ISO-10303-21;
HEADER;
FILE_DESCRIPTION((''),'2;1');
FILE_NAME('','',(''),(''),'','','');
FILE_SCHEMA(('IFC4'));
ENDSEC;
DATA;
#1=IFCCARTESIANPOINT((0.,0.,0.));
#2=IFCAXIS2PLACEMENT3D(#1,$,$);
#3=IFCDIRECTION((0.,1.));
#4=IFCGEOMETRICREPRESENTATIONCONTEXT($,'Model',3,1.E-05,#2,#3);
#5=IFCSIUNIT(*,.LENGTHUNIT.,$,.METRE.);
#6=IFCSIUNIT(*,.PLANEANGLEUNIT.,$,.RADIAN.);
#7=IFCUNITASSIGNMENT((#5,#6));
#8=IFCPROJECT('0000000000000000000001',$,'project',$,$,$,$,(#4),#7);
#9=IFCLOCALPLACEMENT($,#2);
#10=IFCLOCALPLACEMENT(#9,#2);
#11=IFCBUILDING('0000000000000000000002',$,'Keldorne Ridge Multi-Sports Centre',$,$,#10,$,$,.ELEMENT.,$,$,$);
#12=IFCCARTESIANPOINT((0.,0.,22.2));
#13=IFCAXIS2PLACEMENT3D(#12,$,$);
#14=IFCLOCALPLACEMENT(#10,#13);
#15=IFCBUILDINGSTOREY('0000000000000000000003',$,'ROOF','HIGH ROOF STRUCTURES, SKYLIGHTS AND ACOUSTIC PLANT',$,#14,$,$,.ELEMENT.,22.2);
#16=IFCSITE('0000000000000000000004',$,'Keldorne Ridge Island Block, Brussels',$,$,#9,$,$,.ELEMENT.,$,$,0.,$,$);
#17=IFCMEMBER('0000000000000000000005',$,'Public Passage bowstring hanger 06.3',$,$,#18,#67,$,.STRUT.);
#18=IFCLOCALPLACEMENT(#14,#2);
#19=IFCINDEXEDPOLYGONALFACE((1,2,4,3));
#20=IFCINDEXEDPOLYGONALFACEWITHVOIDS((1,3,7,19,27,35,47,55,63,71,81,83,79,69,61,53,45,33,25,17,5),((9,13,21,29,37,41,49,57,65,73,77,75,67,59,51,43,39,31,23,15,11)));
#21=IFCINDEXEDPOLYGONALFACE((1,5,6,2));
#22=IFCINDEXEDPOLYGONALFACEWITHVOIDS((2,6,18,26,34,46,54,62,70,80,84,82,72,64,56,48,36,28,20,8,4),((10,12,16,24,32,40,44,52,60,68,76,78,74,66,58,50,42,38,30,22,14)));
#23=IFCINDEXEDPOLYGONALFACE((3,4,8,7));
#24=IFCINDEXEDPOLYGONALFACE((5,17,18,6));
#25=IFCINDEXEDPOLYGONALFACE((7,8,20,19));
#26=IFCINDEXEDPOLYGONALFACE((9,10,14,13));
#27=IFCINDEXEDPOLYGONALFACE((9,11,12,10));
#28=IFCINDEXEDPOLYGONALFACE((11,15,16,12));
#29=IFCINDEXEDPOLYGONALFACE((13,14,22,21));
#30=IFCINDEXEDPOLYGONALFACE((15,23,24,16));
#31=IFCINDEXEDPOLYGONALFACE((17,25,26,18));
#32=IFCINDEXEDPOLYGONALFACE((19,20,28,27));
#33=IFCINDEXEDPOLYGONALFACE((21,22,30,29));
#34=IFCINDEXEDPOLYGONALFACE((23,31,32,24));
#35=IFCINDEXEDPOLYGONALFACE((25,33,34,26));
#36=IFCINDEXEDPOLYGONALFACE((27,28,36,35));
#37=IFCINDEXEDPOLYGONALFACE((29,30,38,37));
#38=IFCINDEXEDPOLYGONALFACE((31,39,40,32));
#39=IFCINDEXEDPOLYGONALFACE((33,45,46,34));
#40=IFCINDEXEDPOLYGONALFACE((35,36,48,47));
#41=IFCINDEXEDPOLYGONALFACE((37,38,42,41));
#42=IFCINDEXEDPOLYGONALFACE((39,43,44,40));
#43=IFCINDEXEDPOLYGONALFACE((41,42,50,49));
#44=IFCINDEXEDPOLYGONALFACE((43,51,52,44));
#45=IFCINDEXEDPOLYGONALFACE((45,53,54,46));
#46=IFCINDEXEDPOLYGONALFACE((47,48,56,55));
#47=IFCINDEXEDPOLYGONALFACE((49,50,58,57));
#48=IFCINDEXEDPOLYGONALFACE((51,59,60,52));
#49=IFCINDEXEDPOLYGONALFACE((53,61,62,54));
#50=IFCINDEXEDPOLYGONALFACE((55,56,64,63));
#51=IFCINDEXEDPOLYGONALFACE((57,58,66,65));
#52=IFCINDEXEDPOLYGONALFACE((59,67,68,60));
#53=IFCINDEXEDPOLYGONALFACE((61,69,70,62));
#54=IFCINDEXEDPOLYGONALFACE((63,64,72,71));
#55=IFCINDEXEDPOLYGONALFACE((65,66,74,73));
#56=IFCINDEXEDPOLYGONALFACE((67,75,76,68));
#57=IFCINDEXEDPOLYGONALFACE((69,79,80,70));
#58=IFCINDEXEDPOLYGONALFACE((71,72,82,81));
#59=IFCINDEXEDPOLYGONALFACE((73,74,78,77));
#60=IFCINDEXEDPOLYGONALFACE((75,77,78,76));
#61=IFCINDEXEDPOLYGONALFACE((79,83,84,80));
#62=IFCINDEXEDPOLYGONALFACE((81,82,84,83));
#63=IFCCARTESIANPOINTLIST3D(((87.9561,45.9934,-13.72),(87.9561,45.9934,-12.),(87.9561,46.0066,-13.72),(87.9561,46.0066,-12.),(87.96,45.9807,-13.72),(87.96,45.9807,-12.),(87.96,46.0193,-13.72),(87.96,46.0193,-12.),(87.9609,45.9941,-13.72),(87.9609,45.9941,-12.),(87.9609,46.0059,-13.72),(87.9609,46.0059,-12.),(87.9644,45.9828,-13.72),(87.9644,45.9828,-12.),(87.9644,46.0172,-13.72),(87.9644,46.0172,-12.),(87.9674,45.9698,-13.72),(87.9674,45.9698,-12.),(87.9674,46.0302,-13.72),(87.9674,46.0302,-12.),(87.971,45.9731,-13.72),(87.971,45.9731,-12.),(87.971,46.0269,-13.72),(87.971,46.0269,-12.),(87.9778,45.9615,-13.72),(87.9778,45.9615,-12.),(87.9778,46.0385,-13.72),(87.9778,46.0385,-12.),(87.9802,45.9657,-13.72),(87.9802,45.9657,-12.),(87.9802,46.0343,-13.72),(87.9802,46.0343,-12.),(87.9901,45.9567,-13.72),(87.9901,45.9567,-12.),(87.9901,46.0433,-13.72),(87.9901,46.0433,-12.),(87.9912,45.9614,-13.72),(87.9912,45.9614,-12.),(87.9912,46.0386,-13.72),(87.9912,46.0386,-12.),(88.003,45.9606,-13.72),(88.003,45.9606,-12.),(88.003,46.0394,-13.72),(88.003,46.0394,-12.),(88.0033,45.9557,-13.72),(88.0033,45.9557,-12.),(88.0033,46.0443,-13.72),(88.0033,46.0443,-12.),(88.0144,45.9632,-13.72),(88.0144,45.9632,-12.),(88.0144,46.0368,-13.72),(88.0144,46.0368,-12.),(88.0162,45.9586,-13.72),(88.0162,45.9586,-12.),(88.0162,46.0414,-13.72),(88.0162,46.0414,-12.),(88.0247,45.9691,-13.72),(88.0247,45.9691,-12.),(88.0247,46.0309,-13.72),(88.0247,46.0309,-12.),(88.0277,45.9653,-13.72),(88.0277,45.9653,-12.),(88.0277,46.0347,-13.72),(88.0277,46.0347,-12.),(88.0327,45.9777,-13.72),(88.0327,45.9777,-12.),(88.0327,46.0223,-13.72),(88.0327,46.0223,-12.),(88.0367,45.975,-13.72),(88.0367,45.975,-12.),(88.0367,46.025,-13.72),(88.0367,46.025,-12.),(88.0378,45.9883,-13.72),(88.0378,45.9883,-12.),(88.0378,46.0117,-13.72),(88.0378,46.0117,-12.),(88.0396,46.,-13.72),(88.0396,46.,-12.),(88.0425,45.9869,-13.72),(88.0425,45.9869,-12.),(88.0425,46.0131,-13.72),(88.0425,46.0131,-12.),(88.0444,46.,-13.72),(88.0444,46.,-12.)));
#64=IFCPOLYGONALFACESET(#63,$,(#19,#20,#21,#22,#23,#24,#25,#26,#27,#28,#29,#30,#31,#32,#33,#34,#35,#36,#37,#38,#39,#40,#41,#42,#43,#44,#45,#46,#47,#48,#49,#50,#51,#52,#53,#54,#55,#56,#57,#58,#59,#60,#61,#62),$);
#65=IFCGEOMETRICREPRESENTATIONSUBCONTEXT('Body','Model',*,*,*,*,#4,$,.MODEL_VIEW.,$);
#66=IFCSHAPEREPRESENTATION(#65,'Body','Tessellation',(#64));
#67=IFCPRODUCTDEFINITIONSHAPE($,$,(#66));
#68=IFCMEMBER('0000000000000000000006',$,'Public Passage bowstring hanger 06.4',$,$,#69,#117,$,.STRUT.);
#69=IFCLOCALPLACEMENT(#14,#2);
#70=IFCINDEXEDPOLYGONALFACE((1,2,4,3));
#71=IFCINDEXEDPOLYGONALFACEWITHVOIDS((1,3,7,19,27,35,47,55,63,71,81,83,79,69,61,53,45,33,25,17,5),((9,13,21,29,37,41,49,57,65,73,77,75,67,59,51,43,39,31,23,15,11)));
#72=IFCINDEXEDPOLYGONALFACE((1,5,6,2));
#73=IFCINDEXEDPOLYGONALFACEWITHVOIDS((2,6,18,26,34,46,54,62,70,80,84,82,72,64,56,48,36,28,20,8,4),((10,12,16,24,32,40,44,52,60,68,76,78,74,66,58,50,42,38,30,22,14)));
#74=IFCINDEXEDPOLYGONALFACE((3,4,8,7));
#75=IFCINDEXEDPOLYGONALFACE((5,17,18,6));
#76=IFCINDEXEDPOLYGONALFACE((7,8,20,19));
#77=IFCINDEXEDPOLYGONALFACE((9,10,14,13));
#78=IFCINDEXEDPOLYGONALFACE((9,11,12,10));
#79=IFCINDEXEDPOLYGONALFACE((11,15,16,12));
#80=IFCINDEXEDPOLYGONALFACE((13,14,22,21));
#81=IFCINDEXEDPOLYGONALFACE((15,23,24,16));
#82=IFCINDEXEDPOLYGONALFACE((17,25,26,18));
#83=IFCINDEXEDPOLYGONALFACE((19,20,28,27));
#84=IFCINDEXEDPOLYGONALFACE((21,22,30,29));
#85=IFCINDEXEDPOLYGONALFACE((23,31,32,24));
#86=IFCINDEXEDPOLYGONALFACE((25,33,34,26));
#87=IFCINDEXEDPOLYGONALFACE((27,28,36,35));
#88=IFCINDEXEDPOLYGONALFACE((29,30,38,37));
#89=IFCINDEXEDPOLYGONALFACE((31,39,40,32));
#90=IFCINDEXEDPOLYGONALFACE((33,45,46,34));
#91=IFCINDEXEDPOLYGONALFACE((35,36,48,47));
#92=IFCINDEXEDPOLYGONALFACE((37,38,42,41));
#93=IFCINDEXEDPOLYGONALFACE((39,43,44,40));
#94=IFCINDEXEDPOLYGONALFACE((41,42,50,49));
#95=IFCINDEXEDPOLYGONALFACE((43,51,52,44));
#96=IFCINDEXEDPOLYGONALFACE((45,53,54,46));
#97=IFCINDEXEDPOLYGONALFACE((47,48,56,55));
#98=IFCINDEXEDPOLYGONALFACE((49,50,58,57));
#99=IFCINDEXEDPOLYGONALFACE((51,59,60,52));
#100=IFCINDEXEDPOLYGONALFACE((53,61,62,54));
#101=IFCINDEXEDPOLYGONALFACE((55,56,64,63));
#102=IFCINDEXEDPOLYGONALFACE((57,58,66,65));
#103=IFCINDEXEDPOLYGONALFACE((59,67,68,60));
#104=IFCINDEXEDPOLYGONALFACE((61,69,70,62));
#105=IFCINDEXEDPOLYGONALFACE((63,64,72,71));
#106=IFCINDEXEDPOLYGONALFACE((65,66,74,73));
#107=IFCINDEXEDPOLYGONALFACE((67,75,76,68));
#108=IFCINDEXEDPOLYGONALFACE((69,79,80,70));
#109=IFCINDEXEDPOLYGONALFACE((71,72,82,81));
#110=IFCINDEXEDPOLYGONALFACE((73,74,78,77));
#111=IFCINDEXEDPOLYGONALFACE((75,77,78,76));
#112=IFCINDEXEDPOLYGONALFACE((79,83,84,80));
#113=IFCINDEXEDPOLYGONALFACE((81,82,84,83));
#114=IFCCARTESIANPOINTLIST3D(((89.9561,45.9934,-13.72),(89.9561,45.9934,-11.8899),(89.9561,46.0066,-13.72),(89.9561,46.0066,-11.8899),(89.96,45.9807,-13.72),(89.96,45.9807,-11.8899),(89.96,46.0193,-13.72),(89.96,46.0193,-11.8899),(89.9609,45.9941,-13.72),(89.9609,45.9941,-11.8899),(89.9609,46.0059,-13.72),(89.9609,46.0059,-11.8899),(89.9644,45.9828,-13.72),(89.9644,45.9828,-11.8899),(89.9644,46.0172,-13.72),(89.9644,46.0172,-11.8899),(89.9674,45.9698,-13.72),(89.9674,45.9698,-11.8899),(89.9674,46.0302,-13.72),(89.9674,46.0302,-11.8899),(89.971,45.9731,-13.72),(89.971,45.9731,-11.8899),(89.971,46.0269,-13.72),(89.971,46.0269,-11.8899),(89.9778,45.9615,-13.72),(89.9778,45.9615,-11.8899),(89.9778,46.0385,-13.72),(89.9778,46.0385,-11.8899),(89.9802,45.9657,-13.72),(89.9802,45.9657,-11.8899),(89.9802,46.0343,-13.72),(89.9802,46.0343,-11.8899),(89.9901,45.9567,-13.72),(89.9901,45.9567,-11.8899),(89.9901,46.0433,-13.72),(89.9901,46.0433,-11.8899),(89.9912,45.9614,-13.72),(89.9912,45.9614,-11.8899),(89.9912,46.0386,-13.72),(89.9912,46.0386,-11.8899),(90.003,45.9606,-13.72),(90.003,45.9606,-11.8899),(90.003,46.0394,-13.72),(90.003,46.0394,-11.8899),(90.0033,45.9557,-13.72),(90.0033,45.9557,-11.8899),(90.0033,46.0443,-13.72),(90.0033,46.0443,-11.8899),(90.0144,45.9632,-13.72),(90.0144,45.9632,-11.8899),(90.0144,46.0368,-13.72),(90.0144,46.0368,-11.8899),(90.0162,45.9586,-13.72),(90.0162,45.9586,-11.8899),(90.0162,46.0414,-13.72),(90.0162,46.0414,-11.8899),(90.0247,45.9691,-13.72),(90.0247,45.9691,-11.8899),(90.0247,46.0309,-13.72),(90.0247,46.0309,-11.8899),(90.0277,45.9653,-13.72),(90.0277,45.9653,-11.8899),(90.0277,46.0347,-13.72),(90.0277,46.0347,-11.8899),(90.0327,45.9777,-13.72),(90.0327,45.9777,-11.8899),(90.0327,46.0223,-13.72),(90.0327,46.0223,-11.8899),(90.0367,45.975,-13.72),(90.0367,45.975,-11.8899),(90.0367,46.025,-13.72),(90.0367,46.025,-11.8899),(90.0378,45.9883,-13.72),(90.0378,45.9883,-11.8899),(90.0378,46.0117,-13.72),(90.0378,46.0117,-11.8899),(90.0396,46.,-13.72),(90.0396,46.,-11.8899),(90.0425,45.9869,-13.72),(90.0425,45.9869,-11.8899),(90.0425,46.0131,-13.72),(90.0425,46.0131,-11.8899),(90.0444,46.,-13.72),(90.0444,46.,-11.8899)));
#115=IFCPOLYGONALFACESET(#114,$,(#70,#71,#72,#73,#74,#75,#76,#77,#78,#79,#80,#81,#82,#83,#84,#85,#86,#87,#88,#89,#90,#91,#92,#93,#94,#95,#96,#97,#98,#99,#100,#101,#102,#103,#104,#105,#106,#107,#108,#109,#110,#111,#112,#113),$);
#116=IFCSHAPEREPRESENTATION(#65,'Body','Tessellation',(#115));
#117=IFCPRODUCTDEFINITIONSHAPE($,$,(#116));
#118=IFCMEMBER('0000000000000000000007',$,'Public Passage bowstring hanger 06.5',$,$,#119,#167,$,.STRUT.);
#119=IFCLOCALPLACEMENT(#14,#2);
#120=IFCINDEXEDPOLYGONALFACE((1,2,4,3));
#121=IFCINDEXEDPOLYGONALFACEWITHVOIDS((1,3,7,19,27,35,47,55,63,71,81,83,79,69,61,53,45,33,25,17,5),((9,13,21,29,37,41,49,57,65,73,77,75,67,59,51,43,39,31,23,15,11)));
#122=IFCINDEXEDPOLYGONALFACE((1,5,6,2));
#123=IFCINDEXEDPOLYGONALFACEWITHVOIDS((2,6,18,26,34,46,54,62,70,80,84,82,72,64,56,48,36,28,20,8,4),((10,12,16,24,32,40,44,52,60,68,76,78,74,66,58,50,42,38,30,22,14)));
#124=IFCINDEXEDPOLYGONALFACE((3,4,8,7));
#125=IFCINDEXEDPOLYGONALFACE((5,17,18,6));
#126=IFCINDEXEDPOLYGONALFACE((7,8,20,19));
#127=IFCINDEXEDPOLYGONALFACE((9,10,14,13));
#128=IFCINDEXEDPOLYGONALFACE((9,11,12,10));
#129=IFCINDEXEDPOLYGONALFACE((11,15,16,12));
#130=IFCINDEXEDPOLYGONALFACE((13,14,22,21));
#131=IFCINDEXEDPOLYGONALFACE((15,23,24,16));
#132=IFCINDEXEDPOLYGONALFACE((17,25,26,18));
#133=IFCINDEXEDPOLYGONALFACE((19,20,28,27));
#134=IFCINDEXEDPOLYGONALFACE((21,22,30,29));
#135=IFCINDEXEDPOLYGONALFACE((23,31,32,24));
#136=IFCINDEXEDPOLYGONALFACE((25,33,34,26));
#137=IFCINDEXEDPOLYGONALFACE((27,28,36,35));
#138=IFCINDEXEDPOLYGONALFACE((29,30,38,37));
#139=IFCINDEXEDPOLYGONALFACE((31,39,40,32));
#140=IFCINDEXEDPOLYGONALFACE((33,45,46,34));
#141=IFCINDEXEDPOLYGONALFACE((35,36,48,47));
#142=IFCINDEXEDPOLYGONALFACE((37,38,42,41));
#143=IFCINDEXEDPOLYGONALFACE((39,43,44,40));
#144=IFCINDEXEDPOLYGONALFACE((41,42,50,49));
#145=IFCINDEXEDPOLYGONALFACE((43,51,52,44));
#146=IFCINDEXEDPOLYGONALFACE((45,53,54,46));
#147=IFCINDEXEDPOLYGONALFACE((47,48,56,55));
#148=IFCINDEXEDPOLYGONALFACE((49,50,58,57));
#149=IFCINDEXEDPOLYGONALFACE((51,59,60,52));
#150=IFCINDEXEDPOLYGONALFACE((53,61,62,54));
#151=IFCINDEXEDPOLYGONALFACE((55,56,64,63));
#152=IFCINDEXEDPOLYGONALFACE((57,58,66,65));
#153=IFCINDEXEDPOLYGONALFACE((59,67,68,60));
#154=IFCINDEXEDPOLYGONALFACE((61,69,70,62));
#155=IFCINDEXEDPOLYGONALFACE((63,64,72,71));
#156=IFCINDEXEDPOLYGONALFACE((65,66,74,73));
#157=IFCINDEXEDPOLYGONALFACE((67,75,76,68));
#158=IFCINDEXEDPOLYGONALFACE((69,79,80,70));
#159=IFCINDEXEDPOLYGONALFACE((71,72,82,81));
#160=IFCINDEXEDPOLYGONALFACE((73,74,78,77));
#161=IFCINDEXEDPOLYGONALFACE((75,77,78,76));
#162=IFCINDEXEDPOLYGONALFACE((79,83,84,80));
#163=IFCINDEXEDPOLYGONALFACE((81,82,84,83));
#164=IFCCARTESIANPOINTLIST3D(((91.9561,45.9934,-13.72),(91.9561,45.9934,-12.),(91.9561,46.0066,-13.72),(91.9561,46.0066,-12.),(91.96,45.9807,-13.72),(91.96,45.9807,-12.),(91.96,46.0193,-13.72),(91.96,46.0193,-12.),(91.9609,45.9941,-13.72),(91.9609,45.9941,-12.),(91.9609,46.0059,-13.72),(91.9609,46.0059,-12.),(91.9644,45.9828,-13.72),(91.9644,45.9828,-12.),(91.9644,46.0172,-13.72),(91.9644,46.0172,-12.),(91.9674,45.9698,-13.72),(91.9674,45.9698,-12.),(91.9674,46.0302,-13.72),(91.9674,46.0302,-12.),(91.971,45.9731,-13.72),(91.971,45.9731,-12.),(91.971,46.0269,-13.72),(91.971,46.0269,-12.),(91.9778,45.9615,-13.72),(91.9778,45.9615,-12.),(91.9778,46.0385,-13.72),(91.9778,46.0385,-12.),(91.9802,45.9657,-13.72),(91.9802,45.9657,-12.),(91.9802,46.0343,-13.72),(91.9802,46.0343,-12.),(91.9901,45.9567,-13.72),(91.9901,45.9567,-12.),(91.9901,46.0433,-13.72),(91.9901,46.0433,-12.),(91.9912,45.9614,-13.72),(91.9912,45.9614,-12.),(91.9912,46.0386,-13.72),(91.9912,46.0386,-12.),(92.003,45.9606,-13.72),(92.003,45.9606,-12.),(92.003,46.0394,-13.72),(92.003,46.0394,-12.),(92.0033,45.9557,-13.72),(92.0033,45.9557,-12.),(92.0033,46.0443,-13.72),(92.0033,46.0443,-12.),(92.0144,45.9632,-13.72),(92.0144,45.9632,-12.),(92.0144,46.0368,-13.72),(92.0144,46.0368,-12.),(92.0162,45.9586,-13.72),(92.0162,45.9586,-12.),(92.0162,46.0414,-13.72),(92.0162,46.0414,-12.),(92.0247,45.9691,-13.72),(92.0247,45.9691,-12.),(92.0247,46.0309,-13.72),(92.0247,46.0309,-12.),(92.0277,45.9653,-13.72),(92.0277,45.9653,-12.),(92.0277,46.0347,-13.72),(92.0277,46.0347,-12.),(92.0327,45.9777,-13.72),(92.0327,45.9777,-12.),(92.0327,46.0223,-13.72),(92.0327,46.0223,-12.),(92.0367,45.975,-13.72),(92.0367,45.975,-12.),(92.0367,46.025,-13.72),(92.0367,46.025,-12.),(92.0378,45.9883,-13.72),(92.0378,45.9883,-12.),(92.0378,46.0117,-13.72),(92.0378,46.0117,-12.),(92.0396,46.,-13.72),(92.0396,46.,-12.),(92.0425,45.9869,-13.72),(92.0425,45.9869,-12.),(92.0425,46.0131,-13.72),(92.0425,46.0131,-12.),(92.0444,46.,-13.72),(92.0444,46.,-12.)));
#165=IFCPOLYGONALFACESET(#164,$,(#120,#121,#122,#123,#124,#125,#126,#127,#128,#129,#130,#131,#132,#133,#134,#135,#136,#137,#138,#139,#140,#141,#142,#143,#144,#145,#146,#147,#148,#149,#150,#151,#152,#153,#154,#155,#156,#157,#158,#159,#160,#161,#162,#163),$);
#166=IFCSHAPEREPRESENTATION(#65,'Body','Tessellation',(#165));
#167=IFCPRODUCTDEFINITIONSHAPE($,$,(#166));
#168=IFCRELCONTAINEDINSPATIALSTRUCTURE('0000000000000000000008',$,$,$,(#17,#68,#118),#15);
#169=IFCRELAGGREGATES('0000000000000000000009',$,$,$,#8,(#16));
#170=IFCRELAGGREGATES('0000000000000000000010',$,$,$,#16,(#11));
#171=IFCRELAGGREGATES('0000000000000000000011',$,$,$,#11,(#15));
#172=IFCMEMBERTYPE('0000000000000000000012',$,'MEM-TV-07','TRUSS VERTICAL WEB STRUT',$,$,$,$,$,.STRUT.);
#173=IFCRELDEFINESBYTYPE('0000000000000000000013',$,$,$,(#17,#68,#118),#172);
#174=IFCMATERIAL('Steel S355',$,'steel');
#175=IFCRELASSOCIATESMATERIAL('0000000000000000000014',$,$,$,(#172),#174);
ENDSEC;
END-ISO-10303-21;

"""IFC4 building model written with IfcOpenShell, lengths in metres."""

from ifc_helpers import new_model, si_unit, direction, frame, origin, origin_2d, place, context, subcontext, project, spatial, hollow_circle, extrude, material, material_profile, profile_set, type_object, element, save


model = new_model("IFC4")

# Units and contexts
model_context = context("Model", 3, precision=1e-05, world=origin(), true_north=direction((0.0, 1.0)))
body_context = subcontext(model_context, "Body", "Model", "MODEL_VIEW")
ifc_project = project(units=[si_unit("LENGTHUNIT", "METRE"), si_unit("PLANEANGLEUNIT", "RADIAN")], contexts=[model_context])

# Site, building, storey
site_placement = place(None, origin())
site = spatial("IfcSite", under=ifc_project, at=site_placement, Name="Keldorne Ridge Island Block, Brussels", CompositionType="ELEMENT", RefElevation=0.0)
building_placement = place(site_placement, origin())
building = spatial("IfcBuilding", under=site, at=building_placement, Name="Keldorne Ridge Multi-Sports Centre", CompositionType="ELEMENT")
storey_placement = place(building_placement, frame((0.0, 0.0, 22.2)))
storey = spatial("IfcBuildingStorey", under=building, at=storey_placement, Name="ROOF", Description="HIGH ROOF STRUCTURES, SKYLIGHTS AND ACOUSTIC PLANT", CompositionType="ELEMENT", Elevation=22.2)

# Members
ifc_material = material(Name="Steel S355", Category="steel")
ifc_material_profile_1 = material_profile(ifc_material, hollow_circle(Radius=0.0444, WallThickness=0.0049, at=origin_2d()), Name="CHS 88.9x5")
ifc_profile_set_1 = profile_set([ifc_material_profile_1], Name="Steel S355")
member_type_1 = type_object("IfcMemberType", Name="MEM-TV-07", Description="TRUSS VERTICAL WEB STRUT", PredefinedType="STRUT", material=ifc_profile_set_1)
member_1_placement = place(storey_placement, frame((88.0, 46.0, -13.72), z_axis=(0.0, 0.0, 1.0), x_axis=(1.0, 0.0, 0.0)))
element("IfcMember", 1, at=member_1_placement, inside=storey, type_object=member_type_1, Name="Public Passage bowstring hanger 06.3", PredefinedType="STRUT", context=body_context, shape_type="SweptSolid", body=[
    extrude(hollow_circle(Radius=0.0444, WallThickness=0.0049, at=origin_2d()), origin(), (0.0, 0.0, 1.0), 1.72),
])
member_2_placement = place(storey_placement, frame((90.0, 46.0, -13.72), z_axis=(0.0, 0.0, 1.0), x_axis=(1.0, 0.0, 0.0)))
element("IfcMember", 2, at=member_2_placement, inside=storey, type_object=member_type_1, Name="Public Passage bowstring hanger 06.4", PredefinedType="STRUT", context=body_context, shape_type="SweptSolid", body=[
    extrude(hollow_circle(Radius=0.0444, WallThickness=0.0049, at=origin_2d()), origin(), (0.0, 0.0, 1.0), 1.8301),
])
member_3_placement = place(storey_placement, frame((92.0, 46.0, -13.72), z_axis=(0.0, 0.0, 1.0), x_axis=(1.0, 0.0, 0.0)))
element("IfcMember", 3, at=member_3_placement, inside=storey, type_object=member_type_1, Name="Public Passage bowstring hanger 06.5", PredefinedType="STRUT", context=body_context, shape_type="SweptSolid", body=[
    extrude(hollow_circle(Radius=0.0444, WallThickness=0.0049, at=origin_2d()), origin(), (0.0, 0.0, 1.0), 1.72),
])

save(model, "model.ifc")
